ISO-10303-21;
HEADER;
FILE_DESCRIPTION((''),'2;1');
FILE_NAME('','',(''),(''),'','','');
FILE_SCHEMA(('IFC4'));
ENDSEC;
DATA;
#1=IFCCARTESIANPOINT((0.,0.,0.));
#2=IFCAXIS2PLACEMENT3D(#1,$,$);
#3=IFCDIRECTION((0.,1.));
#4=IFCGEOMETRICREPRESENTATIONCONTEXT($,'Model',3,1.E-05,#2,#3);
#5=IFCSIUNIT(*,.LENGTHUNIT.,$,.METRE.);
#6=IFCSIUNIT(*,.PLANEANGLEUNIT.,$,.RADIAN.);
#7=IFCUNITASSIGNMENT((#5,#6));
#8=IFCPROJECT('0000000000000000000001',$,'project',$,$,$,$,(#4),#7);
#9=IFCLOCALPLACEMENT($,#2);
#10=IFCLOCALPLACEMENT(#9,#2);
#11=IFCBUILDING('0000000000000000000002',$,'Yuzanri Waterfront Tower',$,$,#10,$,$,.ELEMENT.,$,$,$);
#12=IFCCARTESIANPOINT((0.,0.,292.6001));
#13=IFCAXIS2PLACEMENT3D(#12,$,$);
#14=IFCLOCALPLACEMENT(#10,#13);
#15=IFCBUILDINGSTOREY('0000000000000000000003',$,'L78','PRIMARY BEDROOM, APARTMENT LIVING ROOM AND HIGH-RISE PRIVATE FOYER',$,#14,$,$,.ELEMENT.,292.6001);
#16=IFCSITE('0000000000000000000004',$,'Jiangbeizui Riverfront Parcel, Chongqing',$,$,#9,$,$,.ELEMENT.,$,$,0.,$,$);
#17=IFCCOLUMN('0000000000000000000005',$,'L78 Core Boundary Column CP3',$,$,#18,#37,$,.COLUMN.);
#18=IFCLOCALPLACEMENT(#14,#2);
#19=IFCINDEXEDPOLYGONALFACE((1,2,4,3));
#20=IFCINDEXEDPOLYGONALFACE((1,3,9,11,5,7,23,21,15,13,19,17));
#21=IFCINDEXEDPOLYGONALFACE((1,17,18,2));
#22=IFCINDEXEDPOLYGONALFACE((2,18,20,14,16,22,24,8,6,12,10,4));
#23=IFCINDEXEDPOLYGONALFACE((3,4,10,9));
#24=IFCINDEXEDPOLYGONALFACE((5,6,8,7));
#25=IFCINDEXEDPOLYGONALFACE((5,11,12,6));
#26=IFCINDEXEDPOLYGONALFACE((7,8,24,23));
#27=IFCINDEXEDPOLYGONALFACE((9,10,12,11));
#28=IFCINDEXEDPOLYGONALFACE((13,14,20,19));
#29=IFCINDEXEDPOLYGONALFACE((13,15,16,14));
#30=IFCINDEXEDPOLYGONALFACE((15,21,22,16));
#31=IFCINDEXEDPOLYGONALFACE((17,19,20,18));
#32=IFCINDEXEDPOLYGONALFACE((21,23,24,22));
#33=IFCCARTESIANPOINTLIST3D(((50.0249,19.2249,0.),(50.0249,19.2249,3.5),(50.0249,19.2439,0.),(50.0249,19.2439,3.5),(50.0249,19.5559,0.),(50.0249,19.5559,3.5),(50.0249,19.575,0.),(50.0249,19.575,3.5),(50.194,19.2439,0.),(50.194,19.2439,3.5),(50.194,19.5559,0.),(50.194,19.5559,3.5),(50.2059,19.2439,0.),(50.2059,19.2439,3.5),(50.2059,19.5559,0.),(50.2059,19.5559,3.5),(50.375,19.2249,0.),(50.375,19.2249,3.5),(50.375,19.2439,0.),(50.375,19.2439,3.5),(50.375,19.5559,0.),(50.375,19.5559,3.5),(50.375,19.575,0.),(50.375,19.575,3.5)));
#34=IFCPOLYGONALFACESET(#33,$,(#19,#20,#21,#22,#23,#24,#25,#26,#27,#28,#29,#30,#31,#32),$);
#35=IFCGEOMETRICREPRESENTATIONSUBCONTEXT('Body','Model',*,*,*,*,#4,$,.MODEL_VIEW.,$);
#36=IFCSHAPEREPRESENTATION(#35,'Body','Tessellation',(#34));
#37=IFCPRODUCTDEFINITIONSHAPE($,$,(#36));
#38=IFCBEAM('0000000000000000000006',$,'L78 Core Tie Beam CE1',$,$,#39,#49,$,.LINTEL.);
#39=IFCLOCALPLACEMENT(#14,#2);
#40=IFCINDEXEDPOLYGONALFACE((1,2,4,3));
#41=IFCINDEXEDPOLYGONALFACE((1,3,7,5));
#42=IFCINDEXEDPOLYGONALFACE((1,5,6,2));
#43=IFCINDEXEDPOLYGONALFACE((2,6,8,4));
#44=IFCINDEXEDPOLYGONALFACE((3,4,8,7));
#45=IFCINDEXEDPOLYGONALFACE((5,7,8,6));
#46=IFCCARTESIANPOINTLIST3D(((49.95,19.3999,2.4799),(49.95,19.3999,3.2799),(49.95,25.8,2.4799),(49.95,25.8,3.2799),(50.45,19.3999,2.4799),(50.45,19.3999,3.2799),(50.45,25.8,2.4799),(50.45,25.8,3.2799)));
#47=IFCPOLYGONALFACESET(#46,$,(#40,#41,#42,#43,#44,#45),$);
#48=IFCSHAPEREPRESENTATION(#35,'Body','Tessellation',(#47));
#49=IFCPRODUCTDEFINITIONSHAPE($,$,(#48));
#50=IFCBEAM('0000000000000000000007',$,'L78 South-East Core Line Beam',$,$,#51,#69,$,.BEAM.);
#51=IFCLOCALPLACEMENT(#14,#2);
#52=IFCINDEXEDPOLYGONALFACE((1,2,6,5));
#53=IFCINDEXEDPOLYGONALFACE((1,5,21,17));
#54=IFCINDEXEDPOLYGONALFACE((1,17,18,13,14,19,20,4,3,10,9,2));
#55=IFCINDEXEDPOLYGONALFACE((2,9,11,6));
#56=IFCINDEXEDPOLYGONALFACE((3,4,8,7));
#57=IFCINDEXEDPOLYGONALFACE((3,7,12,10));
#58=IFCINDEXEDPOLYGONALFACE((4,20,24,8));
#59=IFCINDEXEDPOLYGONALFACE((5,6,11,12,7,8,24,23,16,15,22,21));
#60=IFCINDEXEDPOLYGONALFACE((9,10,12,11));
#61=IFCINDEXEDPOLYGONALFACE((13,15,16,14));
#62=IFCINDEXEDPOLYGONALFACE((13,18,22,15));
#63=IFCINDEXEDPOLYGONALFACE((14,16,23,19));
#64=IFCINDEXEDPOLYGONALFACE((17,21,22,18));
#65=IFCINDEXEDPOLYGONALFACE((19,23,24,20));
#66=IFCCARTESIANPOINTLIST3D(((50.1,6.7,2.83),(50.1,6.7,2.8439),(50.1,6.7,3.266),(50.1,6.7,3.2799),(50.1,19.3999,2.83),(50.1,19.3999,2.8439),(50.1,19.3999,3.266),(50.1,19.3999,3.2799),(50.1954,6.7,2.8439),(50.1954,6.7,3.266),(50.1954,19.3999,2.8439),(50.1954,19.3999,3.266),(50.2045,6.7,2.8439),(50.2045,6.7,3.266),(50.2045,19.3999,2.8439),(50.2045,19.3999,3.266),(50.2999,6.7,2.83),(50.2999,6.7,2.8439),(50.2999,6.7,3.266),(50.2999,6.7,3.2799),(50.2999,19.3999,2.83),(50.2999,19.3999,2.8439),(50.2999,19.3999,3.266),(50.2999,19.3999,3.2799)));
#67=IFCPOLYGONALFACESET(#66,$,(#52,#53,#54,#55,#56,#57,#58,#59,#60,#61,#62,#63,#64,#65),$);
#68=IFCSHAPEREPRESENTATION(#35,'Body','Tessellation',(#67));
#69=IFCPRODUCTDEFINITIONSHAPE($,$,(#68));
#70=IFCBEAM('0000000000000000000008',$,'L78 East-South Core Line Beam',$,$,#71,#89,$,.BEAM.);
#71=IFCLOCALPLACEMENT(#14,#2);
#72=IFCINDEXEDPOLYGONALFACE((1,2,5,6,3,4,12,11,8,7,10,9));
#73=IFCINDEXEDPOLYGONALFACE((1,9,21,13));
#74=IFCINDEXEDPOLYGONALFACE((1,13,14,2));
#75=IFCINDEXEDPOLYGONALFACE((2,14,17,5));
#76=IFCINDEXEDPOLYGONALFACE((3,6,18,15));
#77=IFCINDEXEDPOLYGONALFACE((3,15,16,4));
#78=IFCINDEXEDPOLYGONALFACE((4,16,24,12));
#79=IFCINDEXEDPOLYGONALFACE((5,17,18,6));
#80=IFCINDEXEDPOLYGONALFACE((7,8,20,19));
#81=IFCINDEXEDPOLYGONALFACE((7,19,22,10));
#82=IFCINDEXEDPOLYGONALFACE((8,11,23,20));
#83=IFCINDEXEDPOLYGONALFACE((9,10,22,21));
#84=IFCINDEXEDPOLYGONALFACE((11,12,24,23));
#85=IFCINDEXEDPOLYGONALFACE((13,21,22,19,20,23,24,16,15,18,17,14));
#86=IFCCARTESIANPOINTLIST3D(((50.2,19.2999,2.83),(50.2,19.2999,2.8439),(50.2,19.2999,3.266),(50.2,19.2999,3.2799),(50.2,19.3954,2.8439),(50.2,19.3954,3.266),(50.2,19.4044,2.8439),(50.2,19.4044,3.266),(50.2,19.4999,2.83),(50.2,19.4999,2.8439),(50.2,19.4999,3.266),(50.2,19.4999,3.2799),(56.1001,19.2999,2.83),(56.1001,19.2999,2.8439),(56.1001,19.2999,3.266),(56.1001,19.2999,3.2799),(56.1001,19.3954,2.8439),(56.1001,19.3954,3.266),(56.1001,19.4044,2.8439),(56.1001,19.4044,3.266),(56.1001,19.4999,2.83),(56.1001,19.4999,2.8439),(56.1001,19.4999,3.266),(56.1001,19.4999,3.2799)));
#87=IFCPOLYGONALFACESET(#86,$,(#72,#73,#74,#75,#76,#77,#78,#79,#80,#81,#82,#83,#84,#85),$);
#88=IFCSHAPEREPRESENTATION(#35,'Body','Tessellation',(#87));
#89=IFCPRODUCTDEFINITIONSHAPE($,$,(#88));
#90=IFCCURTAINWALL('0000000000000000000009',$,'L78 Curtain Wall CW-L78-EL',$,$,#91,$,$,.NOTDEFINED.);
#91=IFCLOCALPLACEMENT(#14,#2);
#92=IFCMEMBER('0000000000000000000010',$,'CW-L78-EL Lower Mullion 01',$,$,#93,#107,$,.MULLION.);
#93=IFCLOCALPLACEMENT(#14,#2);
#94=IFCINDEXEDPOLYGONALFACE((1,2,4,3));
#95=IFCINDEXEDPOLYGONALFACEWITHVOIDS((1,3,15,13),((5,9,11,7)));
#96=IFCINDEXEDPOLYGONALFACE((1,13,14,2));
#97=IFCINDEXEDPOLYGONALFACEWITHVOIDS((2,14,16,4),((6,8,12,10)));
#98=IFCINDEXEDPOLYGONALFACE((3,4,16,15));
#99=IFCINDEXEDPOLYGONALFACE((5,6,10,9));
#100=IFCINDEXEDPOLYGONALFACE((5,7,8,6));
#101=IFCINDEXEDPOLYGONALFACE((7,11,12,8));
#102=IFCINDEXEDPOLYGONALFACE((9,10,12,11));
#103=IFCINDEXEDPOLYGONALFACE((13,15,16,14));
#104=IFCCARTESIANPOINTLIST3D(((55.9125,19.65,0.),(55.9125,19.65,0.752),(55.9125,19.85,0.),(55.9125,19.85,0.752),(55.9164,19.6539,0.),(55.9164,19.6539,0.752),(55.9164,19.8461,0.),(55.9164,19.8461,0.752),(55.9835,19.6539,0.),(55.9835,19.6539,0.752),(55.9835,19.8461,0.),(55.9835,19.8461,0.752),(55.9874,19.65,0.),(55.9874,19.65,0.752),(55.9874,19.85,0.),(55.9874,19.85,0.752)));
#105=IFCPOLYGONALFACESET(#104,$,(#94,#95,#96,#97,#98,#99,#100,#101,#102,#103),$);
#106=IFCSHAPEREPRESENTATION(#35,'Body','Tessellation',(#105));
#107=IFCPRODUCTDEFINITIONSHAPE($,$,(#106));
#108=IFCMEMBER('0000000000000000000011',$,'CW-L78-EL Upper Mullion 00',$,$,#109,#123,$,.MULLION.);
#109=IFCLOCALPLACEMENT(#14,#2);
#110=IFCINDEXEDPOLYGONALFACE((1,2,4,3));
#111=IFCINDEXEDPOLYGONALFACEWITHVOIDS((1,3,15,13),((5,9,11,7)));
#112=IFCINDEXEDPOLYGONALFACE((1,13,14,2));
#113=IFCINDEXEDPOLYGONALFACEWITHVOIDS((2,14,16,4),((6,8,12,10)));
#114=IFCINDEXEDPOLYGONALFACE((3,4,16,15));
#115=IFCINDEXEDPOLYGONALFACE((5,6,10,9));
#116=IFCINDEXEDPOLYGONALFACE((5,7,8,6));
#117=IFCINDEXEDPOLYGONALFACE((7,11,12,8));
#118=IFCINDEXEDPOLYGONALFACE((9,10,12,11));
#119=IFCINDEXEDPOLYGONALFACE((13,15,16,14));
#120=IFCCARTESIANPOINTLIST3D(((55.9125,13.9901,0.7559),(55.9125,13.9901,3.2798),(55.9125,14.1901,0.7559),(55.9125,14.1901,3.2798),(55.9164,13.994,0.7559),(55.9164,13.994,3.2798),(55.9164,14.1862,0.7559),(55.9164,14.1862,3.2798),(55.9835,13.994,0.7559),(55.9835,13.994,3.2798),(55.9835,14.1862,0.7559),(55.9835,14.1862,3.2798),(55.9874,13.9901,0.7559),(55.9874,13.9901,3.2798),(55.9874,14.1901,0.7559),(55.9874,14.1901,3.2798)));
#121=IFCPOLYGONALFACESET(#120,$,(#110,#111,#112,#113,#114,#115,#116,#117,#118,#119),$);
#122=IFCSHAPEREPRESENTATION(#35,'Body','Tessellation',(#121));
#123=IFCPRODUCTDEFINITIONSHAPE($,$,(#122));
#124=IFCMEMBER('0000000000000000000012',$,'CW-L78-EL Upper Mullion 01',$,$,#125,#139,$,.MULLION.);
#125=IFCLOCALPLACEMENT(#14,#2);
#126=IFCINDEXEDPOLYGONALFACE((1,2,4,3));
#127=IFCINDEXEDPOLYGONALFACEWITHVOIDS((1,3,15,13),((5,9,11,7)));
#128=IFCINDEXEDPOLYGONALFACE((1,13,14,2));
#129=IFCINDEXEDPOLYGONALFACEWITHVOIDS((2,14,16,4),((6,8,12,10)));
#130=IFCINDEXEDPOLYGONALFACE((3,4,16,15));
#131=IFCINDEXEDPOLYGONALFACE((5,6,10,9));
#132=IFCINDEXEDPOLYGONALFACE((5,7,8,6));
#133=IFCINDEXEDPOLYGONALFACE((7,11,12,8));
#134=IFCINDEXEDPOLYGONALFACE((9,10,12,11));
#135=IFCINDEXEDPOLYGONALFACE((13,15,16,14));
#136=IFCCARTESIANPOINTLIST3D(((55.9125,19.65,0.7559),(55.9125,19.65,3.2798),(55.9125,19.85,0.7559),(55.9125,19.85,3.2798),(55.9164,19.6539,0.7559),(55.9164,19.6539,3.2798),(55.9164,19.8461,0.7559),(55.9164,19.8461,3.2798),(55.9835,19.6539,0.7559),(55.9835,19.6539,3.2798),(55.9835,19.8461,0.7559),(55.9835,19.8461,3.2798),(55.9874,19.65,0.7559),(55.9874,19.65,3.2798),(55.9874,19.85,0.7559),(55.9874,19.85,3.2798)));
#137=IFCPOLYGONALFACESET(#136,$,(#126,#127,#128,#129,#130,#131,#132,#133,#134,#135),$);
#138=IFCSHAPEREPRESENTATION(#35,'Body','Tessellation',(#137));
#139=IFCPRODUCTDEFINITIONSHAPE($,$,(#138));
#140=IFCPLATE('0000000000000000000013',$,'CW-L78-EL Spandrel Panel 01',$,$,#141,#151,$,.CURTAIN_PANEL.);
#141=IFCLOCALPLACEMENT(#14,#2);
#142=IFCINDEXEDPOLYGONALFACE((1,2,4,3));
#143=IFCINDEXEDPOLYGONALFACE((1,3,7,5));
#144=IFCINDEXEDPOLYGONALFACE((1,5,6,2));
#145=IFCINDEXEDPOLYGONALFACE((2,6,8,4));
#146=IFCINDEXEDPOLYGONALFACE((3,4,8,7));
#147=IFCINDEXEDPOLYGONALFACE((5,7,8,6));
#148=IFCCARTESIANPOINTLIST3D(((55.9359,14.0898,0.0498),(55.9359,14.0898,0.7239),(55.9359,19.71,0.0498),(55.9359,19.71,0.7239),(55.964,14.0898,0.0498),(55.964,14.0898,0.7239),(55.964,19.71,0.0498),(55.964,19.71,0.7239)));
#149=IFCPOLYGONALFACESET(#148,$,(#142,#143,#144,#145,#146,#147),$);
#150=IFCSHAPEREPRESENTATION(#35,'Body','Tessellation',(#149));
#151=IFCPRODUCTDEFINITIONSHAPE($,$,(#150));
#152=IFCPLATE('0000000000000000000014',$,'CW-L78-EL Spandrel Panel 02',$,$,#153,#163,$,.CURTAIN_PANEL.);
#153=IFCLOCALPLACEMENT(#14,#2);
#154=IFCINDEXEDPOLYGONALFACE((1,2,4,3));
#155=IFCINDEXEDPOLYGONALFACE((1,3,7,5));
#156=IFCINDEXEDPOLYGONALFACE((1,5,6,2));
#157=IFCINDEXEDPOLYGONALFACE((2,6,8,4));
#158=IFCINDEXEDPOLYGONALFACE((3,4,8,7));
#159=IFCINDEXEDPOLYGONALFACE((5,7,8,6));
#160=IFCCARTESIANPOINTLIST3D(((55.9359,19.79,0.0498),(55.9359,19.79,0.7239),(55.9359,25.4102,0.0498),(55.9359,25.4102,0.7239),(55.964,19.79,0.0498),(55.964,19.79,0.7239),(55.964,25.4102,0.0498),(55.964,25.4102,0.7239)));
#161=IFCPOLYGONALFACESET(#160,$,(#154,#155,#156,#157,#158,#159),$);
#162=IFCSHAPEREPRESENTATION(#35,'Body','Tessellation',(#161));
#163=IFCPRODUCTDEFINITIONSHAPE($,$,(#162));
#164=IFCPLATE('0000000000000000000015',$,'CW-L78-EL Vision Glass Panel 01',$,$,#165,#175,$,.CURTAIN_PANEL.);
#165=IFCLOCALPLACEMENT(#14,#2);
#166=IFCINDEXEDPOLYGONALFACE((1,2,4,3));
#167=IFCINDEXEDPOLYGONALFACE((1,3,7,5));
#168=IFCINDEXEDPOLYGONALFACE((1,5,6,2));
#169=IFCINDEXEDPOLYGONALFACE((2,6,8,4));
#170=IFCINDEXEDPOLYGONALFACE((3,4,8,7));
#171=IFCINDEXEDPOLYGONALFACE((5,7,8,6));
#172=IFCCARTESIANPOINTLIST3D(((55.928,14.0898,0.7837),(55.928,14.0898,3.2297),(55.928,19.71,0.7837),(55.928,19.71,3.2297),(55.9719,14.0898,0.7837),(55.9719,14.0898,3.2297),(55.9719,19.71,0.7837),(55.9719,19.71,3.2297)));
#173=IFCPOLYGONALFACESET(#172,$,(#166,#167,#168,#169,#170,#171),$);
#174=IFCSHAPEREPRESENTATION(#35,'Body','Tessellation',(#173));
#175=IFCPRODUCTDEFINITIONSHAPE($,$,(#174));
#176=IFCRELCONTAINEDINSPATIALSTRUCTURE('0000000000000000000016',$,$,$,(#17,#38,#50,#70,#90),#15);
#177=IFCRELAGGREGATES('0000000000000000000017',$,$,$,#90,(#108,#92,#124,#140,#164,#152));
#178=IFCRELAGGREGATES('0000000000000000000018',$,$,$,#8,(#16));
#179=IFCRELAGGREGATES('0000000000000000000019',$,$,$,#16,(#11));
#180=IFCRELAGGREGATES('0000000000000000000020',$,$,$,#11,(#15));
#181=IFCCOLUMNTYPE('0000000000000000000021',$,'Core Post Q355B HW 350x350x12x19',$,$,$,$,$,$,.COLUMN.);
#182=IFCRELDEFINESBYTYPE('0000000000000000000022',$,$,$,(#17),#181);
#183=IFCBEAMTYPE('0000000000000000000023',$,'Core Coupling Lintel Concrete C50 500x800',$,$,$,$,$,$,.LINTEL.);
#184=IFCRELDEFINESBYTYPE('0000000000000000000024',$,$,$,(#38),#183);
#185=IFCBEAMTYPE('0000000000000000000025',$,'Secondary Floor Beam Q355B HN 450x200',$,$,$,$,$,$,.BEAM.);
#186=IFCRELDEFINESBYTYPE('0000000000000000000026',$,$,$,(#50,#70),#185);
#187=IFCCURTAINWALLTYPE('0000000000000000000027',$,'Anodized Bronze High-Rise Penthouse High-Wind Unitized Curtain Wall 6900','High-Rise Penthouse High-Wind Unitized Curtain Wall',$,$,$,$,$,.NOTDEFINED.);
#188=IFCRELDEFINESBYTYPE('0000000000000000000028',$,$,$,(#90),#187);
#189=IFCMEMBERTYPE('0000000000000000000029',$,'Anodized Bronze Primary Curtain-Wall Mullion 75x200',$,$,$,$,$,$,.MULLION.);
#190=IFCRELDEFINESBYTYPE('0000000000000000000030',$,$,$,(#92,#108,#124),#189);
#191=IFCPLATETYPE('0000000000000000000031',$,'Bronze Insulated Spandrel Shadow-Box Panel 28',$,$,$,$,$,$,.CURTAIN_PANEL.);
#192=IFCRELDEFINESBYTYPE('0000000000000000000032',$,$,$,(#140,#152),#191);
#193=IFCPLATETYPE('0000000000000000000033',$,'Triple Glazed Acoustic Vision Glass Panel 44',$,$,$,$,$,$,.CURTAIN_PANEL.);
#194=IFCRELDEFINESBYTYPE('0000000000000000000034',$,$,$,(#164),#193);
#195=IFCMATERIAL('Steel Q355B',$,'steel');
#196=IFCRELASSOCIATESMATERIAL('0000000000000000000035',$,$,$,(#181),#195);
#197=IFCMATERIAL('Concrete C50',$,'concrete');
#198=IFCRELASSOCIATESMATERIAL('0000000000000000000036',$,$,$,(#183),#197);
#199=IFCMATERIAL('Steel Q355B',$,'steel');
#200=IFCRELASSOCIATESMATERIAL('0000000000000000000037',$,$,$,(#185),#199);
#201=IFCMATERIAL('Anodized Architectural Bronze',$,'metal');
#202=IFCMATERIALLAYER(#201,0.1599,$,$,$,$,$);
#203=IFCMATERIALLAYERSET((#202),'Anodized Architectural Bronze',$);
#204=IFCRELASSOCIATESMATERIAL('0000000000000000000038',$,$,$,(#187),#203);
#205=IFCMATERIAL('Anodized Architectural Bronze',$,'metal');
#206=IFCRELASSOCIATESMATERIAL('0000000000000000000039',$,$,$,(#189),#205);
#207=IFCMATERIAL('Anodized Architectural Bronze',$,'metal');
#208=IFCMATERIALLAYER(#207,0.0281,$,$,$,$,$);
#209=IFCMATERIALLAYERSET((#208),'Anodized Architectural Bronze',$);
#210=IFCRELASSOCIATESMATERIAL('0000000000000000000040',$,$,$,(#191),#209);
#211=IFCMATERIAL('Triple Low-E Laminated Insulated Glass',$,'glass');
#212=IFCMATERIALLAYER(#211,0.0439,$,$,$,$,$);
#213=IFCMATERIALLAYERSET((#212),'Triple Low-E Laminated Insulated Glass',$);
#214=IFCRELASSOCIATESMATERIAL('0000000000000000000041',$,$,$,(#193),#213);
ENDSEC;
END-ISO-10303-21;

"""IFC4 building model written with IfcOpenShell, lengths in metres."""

from ifc_helpers import new_model, si_unit, direction, frame, origin, origin_2d, place, context, subcontext, project, spatial, rectangle, hollow_rectangle, i_section, extrude, source, transform, mapped, material, layer, layer_set, material_profile, profile_set, type_object, element, aggregate, save


model = new_model("IFC4")

# Units and contexts
model_context = context("Model", 3, precision=1e-05, world=origin(), true_north=direction((0.0, 1.0)))
body_context = subcontext(model_context, "Body", "Model", "MODEL_VIEW")
ifc_project = project(units=[si_unit("LENGTHUNIT", "METRE"), si_unit("PLANEANGLEUNIT", "RADIAN")], contexts=[model_context])

# Site, building, storey
site_placement = place(None, origin())
site = spatial("IfcSite", under=ifc_project, at=site_placement, Name="Jiangbeizui Riverfront Parcel, Chongqing", CompositionType="ELEMENT", RefElevation=0.0)
building_placement = place(site_placement, origin())
building = spatial("IfcBuilding", under=site, at=building_placement, Name="Yuzanri Waterfront Tower", CompositionType="ELEMENT")
storey_placement = place(building_placement, frame((0.0, 0.0, 292.6001)))
storey = spatial("IfcBuildingStorey", under=building, at=storey_placement, Name="L78", Description="PRIMARY BEDROOM, APARTMENT LIVING ROOM AND HIGH-RISE PRIVATE FOYER", CompositionType="ELEMENT", Elevation=292.6001)

# Column
ifc_material_1 = material(Name="Steel Q355B", Category="steel")
ifc_material_profile_1 = material_profile(ifc_material_1, i_section(OverallWidth=0.3501, OverallDepth=0.3501, WebThickness=0.012, FlangeThickness=0.019, at=origin_2d()), Name="HW 350x350x12x19")
ifc_profile_set_1 = profile_set([ifc_material_profile_1], Name="Steel Q355B")
column_type = type_object("IfcColumnType", Name="Core Post Q355B HW 350x350x12x19", PredefinedType="COLUMN", material=ifc_profile_set_1)
shared_shape_1 = source(origin(), body_context, "Body", "SweptSolid", [
    extrude(i_section(OverallWidth=0.3501, OverallDepth=0.3501, WebThickness=0.012, FlangeThickness=0.019, at=origin_2d()), origin(), (0.0, 0.0, 1.0), 3.5),
])
column_placement = place(storey_placement, frame((50.2, 19.3999, 0.0), z_axis=(0.0, 0.0, 1.0), x_axis=(1.0, 0.0, 0.0)))
element("IfcColumn", 1, at=column_placement, inside=storey, type_object=column_type, Name="L78 Core Boundary Column CP3", PredefinedType="COLUMN", context=body_context, shape_type="MappedRepresentation", body=[
    mapped(shared_shape_1, transform((0.0, 0.0, 0.0), scale=1.0)),
])

# Beams
ifc_material_2 = material(Name="Concrete C50", Category="concrete")
ifc_material_profile_2 = material_profile(ifc_material_2, rectangle(XDim=0.5, YDim=0.8, at=origin_2d()), Name="RC 500x800")
ifc_profile_set_2 = profile_set([ifc_material_profile_2], Name="Concrete C50")
beam_type_1 = type_object("IfcBeamType", Name="Core Coupling Lintel Concrete C50 500x800", PredefinedType="LINTEL", material=ifc_profile_set_2)
shared_shape_2 = source(origin(), body_context, "Body", "SweptSolid", [
    extrude(rectangle(XDim=0.5, YDim=0.8, at=origin_2d()), origin(), (0.0, 0.0, 1.0), 6.4001),
])
beam_1_placement = place(storey_placement, frame((50.2, 19.3999, 2.8799), z_axis=(0.0, 1.0, 0.0), x_axis=(-1.0, 0.0, 0.0)))
element("IfcBeam", 2, at=beam_1_placement, inside=storey, type_object=beam_type_1, Name="L78 Core Tie Beam CE1", PredefinedType="LINTEL", context=body_context, shape_type="MappedRepresentation", body=[
    mapped(shared_shape_2, transform((0.0, 0.0, 0.0), scale=1.0)),
])
ifc_material_3 = material(Name="Steel Q355B", Category="steel")
ifc_material_profile_3 = material_profile(ifc_material_3, i_section(OverallWidth=0.2, OverallDepth=0.45, WebThickness=0.009, FlangeThickness=0.0139, at=origin_2d()), Name="HN 450x200x9x14")
ifc_profile_set_3 = profile_set([ifc_material_profile_3], Name="Steel Q355B")
beam_type_2 = type_object("IfcBeamType", Name="Secondary Floor Beam Q355B HN 450x200", PredefinedType="BEAM", material=ifc_profile_set_3)
shared_shape_3 = source(origin(), body_context, "Body", "SweptSolid", [
    extrude(i_section(OverallWidth=0.2, OverallDepth=0.45, WebThickness=0.009, FlangeThickness=0.0139, at=origin_2d()), origin(), (0.0, 0.0, 1.0), 12.7),
])
beam_2_placement = place(storey_placement, frame((50.2, 19.3999, 3.0549), z_axis=(0.0, -1.0, 0.0), x_axis=(1.0, 0.0, 0.0)))
element("IfcBeam", 3, at=beam_2_placement, inside=storey, type_object=beam_type_2, Name="L78 South-East Core Line Beam", PredefinedType="BEAM", context=body_context, shape_type="MappedRepresentation", body=[
    mapped(shared_shape_3, transform((0.0, 0.0, 0.0), scale=1.0)),
])
shared_shape_4 = source(origin(), body_context, "Body", "SweptSolid", [
    extrude(i_section(OverallWidth=0.2, OverallDepth=0.45, WebThickness=0.009, FlangeThickness=0.0139, at=origin_2d()), origin(), (0.0, 0.0, 1.0), 5.9001),
])
beam_3_placement = place(storey_placement, frame((50.2, 19.3999, 3.0549), z_axis=(1.0, 0.0, 0.0), x_axis=(0.0, 1.0, 0.0)))
element("IfcBeam", 4, at=beam_3_placement, inside=storey, type_object=beam_type_2, Name="L78 East-South Core Line Beam", PredefinedType="BEAM", context=body_context, shape_type="MappedRepresentation", body=[
    mapped(shared_shape_4, transform((0.0, 0.0, 0.0), scale=1.0)),
])

# Curtain wall, members, plates
ifc_material_4 = material(Name="Anodized Architectural Bronze", Category="metal")
ifc_layer_1 = layer(ifc_material_4, 0.1599)
ifc_layer_set_1 = layer_set([ifc_layer_1], Name="Anodized Architectural Bronze")
curtain_wall_type = type_object("IfcCurtainWallType", Name="Anodized Bronze High-Rise Penthouse High-Wind Unitized Curtain Wall 6900", Description="High-Rise Penthouse High-Wind Unitized Curtain Wall", PredefinedType="NOTDEFINED", material=ifc_layer_set_1)
curtain_wall_placement = place(storey_placement, origin())
curtain_wall = element("IfcCurtainWall", 5, at=curtain_wall_placement, inside=storey, type_object=curtain_wall_type, Name="L78 Curtain Wall CW-L78-EL", PredefinedType="NOTDEFINED")
ifc_material_5 = material(Name="Anodized Architectural Bronze", Category="metal")
ifc_material_profile_4 = material_profile(ifc_material_5, hollow_rectangle(XDim=0.075, YDim=0.2, WallThickness=0.0039, at=origin_2d()), Name="CWM 75x200")
ifc_profile_set_4 = profile_set([ifc_material_profile_4], Name="Anodized Architectural Bronze")
member_type = type_object("IfcMemberType", Name="Anodized Bronze Primary Curtain-Wall Mullion 75x200", PredefinedType="MULLION", material=ifc_profile_set_4)
shared_shape_5 = source(origin(), body_context, "Body", "SweptSolid", [
    extrude(hollow_rectangle(XDim=0.075, YDim=0.2, WallThickness=0.0039, at=origin_2d()), origin(), (0.0, 0.0, 1.0), 0.752),
])
member_1_placement = place(storey_placement, frame((55.95, 19.75, 0.0), z_axis=(0.0, 0.0, 1.0), x_axis=(1.0, 0.0, 0.0)))
member_1 = element("IfcMember", 6, at=member_1_placement, type_object=member_type, Name="CW-L78-EL Lower Mullion 01", PredefinedType="MULLION", context=body_context, shape_type="MappedRepresentation", body=[
    mapped(shared_shape_5, transform((0.0, 0.0, 0.0), scale=1.0)),
])
shared_shape_6 = source(origin(), body_context, "Body", "SweptSolid", [
    extrude(hollow_rectangle(XDim=0.075, YDim=0.2, WallThickness=0.0039, at=origin_2d()), origin(), (0.0, 0.0, 1.0), 2.5239),
])
member_2_placement = place(storey_placement, frame((55.95, 14.0901, 0.7559), z_axis=(0.0, 0.0, 1.0), x_axis=(1.0, 0.0, 0.0)))
member_2 = element("IfcMember", 7, at=member_2_placement, type_object=member_type, Name="CW-L78-EL Upper Mullion 00", PredefinedType="MULLION", context=body_context, shape_type="MappedRepresentation", body=[
    mapped(shared_shape_6, transform((0.0, 0.0, 0.0), scale=1.0)),
])
member_3_placement = place(storey_placement, frame((55.95, 19.75, 0.7559), z_axis=(0.0, 0.0, 1.0), x_axis=(1.0, 0.0, 0.0)))
member_3 = element("IfcMember", 8, at=member_3_placement, type_object=member_type, Name="CW-L78-EL Upper Mullion 01", PredefinedType="MULLION", context=body_context, shape_type="MappedRepresentation", body=[
    mapped(shared_shape_6, transform((0.0, 0.0, 0.0), scale=1.0)),
])
ifc_material_6 = material(Name="Anodized Architectural Bronze", Category="metal")
ifc_layer_2 = layer(ifc_material_6, 0.0281)
ifc_layer_set_2 = layer_set([ifc_layer_2], Name="Anodized Architectural Bronze")
plate_type_1 = type_object("IfcPlateType", Name="Bronze Insulated Spandrel Shadow-Box Panel 28", PredefinedType="CURTAIN_PANEL", material=ifc_layer_set_2)
shared_shape_7 = source(origin(), body_context, "Body", "SweptSolid", [
    extrude(rectangle(XDim=5.6201, YDim=0.0281, at=origin_2d()), origin(), (0.0, 0.0, 1.0), 0.6741),
])
plate_1_placement = place(storey_placement, frame((55.95, 16.8999, 0.0498), z_axis=(0.0, 0.0, 1.0), x_axis=(0.0, 1.0, 0.0)))
plate_1 = element("IfcPlate", 9, at=plate_1_placement, type_object=plate_type_1, Name="CW-L78-EL Spandrel Panel 01", PredefinedType="CURTAIN_PANEL", context=body_context, shape_type="MappedRepresentation", body=[
    mapped(shared_shape_7, transform((0.0, 0.0, 0.0), scale=1.0)),
])
plate_2_placement = place(storey_placement, frame((55.95, 22.6001, 0.0498), z_axis=(0.0, 0.0, 1.0), x_axis=(0.0, 1.0, 0.0)))
plate_2 = element("IfcPlate", 10, at=plate_2_placement, type_object=plate_type_1, Name="CW-L78-EL Spandrel Panel 02", PredefinedType="CURTAIN_PANEL", context=body_context, shape_type="MappedRepresentation", body=[
    mapped(shared_shape_7, transform((0.0, 0.0, 0.0), scale=1.0)),
])
ifc_material_7 = material(Name="Triple Low-E Laminated Insulated Glass", Category="glass")
ifc_layer_3 = layer(ifc_material_7, 0.0439)
ifc_layer_set_3 = layer_set([ifc_layer_3], Name="Triple Low-E Laminated Insulated Glass")
plate_type_2 = type_object("IfcPlateType", Name="Triple Glazed Acoustic Vision Glass Panel 44", PredefinedType="CURTAIN_PANEL", material=ifc_layer_set_3)
shared_shape_8 = source(origin(), body_context, "Body", "SweptSolid", [
    extrude(rectangle(XDim=5.6201, YDim=0.0439, at=origin_2d()), origin(), (0.0, 0.0, 1.0), 2.446),
])
plate_3_placement = place(storey_placement, frame((55.95, 16.8999, 0.7837), z_axis=(0.0, 0.0, 1.0), x_axis=(0.0, 1.0, 0.0)))
plate_3 = element("IfcPlate", 11, at=plate_3_placement, type_object=plate_type_2, Name="CW-L78-EL Vision Glass Panel 01", PredefinedType="CURTAIN_PANEL", context=body_context, shape_type="MappedRepresentation", body=[
    mapped(shared_shape_8, transform((0.0, 0.0, 0.0), scale=1.0)),
])
aggregate(curtain_wall, [member_2, member_1, member_3, plate_1, plate_3, plate_2])

save(model, "model.ifc")
